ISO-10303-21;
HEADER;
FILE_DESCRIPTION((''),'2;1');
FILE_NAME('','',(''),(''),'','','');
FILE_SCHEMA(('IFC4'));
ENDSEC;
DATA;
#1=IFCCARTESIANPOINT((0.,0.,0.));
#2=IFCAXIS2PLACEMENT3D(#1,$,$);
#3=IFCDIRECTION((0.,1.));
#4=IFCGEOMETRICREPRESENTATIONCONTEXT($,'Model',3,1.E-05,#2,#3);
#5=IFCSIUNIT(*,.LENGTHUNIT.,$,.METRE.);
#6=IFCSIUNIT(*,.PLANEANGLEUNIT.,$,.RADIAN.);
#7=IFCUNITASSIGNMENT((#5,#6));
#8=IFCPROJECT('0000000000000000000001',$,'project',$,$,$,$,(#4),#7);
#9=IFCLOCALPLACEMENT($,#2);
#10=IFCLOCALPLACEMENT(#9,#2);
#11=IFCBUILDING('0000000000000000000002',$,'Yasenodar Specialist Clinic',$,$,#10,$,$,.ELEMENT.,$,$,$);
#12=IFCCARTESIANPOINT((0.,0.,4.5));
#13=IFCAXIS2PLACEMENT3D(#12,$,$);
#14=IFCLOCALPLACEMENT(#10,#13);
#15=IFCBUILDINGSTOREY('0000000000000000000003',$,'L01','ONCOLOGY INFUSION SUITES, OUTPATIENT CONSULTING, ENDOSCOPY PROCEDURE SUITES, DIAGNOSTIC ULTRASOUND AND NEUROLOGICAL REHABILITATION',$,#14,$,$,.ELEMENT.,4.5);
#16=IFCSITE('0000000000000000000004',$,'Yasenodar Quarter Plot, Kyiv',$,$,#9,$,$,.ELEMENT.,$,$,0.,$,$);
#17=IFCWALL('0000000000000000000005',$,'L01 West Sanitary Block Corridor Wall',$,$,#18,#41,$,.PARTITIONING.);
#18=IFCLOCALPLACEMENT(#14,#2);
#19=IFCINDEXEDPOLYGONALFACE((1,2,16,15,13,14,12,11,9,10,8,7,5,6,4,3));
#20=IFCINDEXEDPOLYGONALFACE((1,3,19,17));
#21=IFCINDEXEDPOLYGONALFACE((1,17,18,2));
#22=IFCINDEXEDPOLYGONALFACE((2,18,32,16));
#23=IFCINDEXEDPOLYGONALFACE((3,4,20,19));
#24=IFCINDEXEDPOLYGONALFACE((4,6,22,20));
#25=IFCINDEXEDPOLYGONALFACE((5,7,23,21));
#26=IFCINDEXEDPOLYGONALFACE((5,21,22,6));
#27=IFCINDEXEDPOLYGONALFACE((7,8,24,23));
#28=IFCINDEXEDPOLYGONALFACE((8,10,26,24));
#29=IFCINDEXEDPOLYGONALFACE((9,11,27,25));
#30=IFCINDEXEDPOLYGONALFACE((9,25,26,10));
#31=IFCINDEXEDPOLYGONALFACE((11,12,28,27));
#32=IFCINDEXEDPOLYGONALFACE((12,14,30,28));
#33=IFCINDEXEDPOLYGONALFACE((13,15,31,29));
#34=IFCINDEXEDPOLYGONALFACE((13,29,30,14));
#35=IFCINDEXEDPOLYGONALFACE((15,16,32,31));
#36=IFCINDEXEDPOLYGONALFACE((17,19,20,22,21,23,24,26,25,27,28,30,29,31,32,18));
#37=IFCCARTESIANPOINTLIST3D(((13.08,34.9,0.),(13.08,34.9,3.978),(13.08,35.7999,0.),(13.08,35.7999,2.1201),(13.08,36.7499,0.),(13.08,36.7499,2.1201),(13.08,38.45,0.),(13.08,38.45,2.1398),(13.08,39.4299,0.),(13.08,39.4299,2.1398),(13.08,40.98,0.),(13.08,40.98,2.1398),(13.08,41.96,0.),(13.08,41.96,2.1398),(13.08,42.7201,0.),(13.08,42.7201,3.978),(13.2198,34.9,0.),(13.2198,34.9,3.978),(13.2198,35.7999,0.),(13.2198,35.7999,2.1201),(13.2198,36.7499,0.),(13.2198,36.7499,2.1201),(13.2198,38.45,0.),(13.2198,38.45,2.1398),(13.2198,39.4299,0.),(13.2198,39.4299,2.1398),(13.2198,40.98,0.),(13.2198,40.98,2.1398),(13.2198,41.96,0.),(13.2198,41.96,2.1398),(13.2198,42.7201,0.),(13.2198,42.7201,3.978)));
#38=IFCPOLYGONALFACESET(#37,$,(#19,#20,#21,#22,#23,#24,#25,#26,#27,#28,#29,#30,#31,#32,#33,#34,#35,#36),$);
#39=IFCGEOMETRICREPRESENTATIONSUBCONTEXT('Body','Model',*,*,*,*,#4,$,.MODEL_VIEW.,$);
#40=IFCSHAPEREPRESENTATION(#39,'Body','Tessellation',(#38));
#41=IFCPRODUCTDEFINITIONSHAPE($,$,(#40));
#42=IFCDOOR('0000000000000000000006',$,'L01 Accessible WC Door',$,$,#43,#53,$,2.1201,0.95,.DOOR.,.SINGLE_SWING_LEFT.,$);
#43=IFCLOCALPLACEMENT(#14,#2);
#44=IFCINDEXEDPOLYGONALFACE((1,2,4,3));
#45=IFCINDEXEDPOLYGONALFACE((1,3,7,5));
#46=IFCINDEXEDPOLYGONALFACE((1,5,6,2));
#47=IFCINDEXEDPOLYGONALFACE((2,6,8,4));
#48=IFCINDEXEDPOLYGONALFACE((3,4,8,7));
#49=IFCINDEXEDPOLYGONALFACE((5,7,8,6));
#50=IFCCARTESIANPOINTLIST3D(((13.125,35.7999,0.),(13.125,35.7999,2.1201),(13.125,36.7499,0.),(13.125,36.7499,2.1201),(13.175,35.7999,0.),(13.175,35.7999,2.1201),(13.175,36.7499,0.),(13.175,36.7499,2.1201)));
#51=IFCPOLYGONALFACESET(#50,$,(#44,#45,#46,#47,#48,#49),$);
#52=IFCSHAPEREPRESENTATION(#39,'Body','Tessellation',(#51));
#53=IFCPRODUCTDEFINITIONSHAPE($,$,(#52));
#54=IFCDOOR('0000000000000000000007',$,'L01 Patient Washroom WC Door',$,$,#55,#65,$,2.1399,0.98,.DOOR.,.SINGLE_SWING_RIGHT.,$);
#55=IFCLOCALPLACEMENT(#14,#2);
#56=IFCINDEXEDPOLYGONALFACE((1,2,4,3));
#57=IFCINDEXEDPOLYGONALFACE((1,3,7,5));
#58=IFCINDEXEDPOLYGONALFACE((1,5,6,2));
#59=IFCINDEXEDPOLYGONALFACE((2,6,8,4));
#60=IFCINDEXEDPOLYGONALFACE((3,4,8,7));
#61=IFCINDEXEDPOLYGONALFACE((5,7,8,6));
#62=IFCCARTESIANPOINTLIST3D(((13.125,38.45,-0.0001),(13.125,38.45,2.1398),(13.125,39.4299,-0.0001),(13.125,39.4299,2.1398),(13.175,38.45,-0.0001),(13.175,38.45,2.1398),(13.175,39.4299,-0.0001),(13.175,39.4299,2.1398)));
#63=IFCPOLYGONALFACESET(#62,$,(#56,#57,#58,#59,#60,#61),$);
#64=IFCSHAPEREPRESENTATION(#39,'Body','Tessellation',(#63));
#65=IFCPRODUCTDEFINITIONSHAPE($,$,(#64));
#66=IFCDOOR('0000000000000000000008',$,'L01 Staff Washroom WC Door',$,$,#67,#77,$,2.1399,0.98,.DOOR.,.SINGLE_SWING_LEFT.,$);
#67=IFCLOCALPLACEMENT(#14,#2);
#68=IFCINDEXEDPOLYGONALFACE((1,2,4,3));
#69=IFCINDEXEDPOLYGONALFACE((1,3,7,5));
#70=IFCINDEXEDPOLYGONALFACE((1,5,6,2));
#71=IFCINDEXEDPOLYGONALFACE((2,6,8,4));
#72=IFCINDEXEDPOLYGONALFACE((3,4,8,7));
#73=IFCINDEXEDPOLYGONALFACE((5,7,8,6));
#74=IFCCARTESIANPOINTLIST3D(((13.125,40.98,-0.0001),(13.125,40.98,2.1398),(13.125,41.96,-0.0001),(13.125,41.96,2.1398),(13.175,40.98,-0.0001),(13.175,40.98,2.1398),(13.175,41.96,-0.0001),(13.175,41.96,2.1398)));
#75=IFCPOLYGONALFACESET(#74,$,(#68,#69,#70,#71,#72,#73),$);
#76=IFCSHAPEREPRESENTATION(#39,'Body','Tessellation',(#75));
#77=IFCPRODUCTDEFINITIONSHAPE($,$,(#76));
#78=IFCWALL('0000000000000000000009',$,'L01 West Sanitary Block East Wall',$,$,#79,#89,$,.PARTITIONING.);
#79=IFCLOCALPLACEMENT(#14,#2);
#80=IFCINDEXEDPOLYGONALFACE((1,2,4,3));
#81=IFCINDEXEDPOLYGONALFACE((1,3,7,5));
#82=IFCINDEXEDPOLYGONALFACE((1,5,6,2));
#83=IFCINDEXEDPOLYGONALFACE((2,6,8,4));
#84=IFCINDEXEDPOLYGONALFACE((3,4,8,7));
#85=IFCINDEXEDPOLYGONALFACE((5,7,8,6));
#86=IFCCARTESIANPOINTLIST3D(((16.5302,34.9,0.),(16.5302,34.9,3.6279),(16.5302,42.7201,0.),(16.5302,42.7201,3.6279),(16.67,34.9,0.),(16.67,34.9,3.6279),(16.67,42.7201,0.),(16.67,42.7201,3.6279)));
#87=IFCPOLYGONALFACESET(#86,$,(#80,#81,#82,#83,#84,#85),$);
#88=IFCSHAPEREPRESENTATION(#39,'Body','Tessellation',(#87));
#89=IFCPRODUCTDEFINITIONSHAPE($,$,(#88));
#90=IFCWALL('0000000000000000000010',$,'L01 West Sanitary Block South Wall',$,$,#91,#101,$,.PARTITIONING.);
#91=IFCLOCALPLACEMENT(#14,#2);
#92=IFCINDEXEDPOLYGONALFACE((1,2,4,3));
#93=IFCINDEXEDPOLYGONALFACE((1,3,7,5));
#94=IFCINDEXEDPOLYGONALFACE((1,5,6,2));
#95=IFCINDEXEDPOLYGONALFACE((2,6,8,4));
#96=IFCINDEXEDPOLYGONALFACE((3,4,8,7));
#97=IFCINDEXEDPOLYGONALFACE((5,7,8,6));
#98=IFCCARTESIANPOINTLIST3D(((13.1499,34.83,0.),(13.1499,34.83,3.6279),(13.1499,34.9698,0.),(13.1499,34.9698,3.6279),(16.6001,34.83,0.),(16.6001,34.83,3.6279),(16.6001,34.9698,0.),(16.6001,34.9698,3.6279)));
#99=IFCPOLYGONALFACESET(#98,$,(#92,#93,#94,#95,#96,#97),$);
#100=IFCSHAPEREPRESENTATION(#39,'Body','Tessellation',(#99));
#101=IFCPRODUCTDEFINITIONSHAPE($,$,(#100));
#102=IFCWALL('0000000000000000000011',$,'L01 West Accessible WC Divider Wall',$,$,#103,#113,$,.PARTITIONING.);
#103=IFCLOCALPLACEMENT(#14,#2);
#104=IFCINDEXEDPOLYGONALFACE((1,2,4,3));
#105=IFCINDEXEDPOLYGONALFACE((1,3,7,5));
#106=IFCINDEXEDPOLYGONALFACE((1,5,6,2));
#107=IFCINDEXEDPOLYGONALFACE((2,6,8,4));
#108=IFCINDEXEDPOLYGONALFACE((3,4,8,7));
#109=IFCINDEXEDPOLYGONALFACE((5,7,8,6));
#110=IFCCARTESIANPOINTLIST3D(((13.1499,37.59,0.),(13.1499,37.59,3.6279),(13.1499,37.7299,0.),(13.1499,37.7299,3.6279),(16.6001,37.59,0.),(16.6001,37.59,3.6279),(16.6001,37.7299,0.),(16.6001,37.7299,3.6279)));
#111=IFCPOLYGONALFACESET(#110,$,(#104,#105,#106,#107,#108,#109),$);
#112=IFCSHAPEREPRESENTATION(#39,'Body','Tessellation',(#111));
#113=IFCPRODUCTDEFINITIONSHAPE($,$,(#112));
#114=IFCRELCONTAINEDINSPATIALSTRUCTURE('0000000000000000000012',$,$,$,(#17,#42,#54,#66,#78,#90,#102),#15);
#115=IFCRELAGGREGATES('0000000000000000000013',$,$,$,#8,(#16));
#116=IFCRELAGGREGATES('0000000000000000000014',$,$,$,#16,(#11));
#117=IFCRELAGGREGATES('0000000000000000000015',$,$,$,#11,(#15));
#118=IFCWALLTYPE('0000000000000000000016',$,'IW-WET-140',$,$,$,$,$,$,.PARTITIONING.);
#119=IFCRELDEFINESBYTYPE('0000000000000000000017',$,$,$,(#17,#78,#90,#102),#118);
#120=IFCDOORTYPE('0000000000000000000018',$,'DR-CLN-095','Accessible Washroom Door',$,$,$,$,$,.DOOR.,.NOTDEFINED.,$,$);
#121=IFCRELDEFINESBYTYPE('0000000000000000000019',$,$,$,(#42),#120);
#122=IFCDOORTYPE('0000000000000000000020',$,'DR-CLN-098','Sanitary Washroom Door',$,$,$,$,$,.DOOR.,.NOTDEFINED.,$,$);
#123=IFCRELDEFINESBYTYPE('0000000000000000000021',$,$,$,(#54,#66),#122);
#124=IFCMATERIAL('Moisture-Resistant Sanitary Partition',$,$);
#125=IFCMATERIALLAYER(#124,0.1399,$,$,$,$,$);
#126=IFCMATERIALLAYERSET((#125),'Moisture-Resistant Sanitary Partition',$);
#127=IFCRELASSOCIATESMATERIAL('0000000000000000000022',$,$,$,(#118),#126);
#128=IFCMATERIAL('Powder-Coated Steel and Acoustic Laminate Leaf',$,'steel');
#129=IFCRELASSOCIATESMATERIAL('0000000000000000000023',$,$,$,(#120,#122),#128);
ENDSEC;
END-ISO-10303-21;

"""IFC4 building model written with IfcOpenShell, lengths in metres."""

from ifc_helpers import new_model, si_unit, direction, frame, frame_2d, origin, place, context, subcontext, project, spatial, rectangle, extrude, material, layer, layer_set, type_object, element, fill, save


model = new_model("IFC4")

# Units and contexts
model_context = context("Model", 3, precision=1e-05, world=origin(), true_north=direction((0.0, 1.0)))
body_context = subcontext(model_context, "Body", "Model", "MODEL_VIEW")
ifc_project = project(units=[si_unit("LENGTHUNIT", "METRE"), si_unit("PLANEANGLEUNIT", "RADIAN")], contexts=[model_context])

# Site, building, storey
site_placement = place(None, origin())
site = spatial("IfcSite", under=ifc_project, at=site_placement, Name="Yasenodar Quarter Plot, Kyiv", CompositionType="ELEMENT", RefElevation=0.0)
building_placement = place(site_placement, origin())
building = spatial("IfcBuilding", under=site, at=building_placement, Name="Yasenodar Specialist Clinic", CompositionType="ELEMENT")
storey_placement = place(building_placement, frame((0.0, 0.0, 4.5)))
storey = spatial("IfcBuildingStorey", under=building, at=storey_placement, Name="L01", Description="ONCOLOGY INFUSION SUITES, OUTPATIENT CONSULTING, ENDOSCOPY PROCEDURE SUITES, DIAGNOSTIC ULTRASOUND AND NEUROLOGICAL REHABILITATION", CompositionType="ELEMENT", Elevation=4.5)

# Shared definitions
ifc_material_1 = material(Name="Powder-Coated Steel and Acoustic Laminate Leaf", Category="steel")

# Wall, openings, doors
ifc_material_2 = material(Name="Moisture-Resistant Sanitary Partition")
ifc_layer_1 = layer(ifc_material_2, 0.1399)
ifc_layer_set_1 = layer_set([ifc_layer_1], Name="Moisture-Resistant Sanitary Partition")
wall_type_1 = type_object("IfcWallType", Name="IW-WET-140", PredefinedType="PARTITIONING", material=ifc_layer_set_1)
wall_1_placement = place(storey_placement, frame((13.1499, 34.8999, 0.0), z_axis=(0.0, 0.0, 1.0), x_axis=(0.0, 1.0, 0.0)))
wall_1 = element("IfcWall", 1, at=wall_1_placement, inside=storey, type_object=wall_type_1, Name="L01 West Sanitary Block Corridor Wall", PredefinedType="PARTITIONING", context=body_context, shape_type="SweptSolid", body=[
    extrude(rectangle(XDim=7.8201, YDim=0.1399, at=frame_2d((3.9102, 0.0))), origin(), (0.0, 0.0, 1.0), 3.978),
])
opening_1_placement = place(wall_1_placement, frame((0.8999, 0.0, 0.0)))
opening_1 = element("IfcOpeningElement", 2, at=opening_1_placement, cuts=wall_1, PredefinedType="OPENING", context=body_context, shape_type="SweptSolid", body=[
    extrude(rectangle(XDim=0.95, YDim=2.1201, at=frame_2d((0.4751, 1.0601))), frame((0.0, 0.0801, 0.0), z_axis=(0.0, -1.0, 0.0), x_axis=(1.0, 0.0, 0.0)), (0.0, 0.0, 1.0), 0.1599),
])
opening_2_placement = place(wall_1_placement, frame((3.55, 0.0, 0.0)))
opening_2 = element("IfcOpeningElement", 3, at=opening_2_placement, cuts=wall_1, PredefinedType="OPENING", context=body_context, shape_type="SweptSolid", body=[
    extrude(rectangle(XDim=0.98, YDim=2.1399, at=frame_2d((0.49, 1.0698))), frame((0.0, 0.0801, 0.0), z_axis=(0.0, -1.0, 0.0), x_axis=(1.0, 0.0, 0.0)), (0.0, 0.0, 1.0), 0.1599),
])
opening_3_placement = place(wall_1_placement, frame((6.0801, 0.0, 0.0)))
opening_3 = element("IfcOpeningElement", 4, at=opening_3_placement, cuts=wall_1, PredefinedType="OPENING", context=body_context, shape_type="SweptSolid", body=[
    extrude(rectangle(XDim=0.98, YDim=2.1399, at=frame_2d((0.49, 1.0698))), frame((0.0, 0.0801, 0.0), z_axis=(0.0, -1.0, 0.0), x_axis=(1.0, 0.0, 0.0)), (0.0, 0.0, 1.0), 0.1599),
])
door_type_1 = type_object("IfcDoorType", Name="DR-CLN-095", Description="Accessible Washroom Door", OperationType="NOTDEFINED", PredefinedType="DOOR", material=ifc_material_1)
door_1_placement = place(opening_1_placement, origin())
door_1 = element("IfcDoor", 5, at=door_1_placement, inside=storey, type_object=door_type_1, Name="L01 Accessible WC Door", OperationType="SINGLE_SWING_LEFT", OverallHeight=2.1201, OverallWidth=0.95, PredefinedType="DOOR", context=body_context, shape_type="SweptSolid", body=[
    extrude(rectangle(XDim=0.95, YDim=2.1201, at=frame_2d((0.4751, 1.0601))), frame((0.0, 0.0249, 0.0), z_axis=(0.0, -1.0, 0.0), x_axis=(1.0, 0.0, 0.0)), (0.0, 0.0, 1.0), 0.05),
])
fill(opening_1, door_1)
door_type_2 = type_object("IfcDoorType", Name="DR-CLN-098", Description="Sanitary Washroom Door", OperationType="NOTDEFINED", PredefinedType="DOOR", material=ifc_material_1)
door_2_placement = place(opening_2_placement, origin())
door_2 = element("IfcDoor", 6, at=door_2_placement, inside=storey, type_object=door_type_2, Name="L01 Patient Washroom WC Door", OperationType="SINGLE_SWING_RIGHT", OverallHeight=2.1399, OverallWidth=0.98, PredefinedType="DOOR", context=body_context, shape_type="SweptSolid", body=[
    extrude(rectangle(XDim=0.98, YDim=2.1399, at=frame_2d((0.49, 1.0698))), frame((0.0, 0.0249, 0.0), z_axis=(0.0, -1.0, 0.0), x_axis=(1.0, 0.0, 0.0)), (0.0, 0.0, 1.0), 0.05),
])
fill(opening_2, door_2)
door_3_placement = place(opening_3_placement, origin())
door_3 = element("IfcDoor", 7, at=door_3_placement, inside=storey, type_object=door_type_2, Name="L01 Staff Washroom WC Door", OperationType="SINGLE_SWING_LEFT", OverallHeight=2.1399, OverallWidth=0.98, PredefinedType="DOOR", context=body_context, shape_type="SweptSolid", body=[
    extrude(rectangle(XDim=0.98, YDim=2.1399, at=frame_2d((0.49, 1.0698))), frame((0.0, 0.0249, 0.0), z_axis=(0.0, -1.0, 0.0), x_axis=(1.0, 0.0, 0.0)), (0.0, 0.0, 1.0), 0.05),
])
fill(opening_3, door_3)

# Walls
wall_2_placement = place(storey_placement, frame((16.6001, 34.8999, 0.0), z_axis=(0.0, 0.0, 1.0), x_axis=(0.0, 1.0, 0.0)))
element("IfcWall", 8, at=wall_2_placement, inside=storey, type_object=wall_type_1, Name="L01 West Sanitary Block East Wall", PredefinedType="PARTITIONING", context=body_context, shape_type="SweptSolid", body=[
    extrude(rectangle(XDim=7.8201, YDim=0.1399, at=frame_2d((3.9102, 0.0))), origin(), (0.0, 0.0, 1.0), 3.6279),
])
for number, where, z_axis, x_axis, name in (
    (9, (13.1499, 34.8999, 0.0), (0.0, 0.0, 1.0), (1.0, 0.0, 0.0), "L01 West Sanitary Block South Wall"),
    (10, (13.1499, 37.6599, 0.0), (0.0, 0.0, 1.0), (1.0, 0.0, 0.0), "L01 West Accessible WC Divider Wall"),
):
    element("IfcWall", number, at=place(storey_placement, frame(where, z_axis=z_axis, x_axis=x_axis)), inside=storey, type_object=wall_type_1, Name=name, PredefinedType="PARTITIONING", context=body_context, shape_type="SweptSolid", body=[
        extrude(rectangle(XDim=3.4502, YDim=0.1399, at=frame_2d((1.7251, 0.0))), origin(), (0.0, 0.0, 1.0), 3.6279),
    ])

save(model, "model.ifc")
